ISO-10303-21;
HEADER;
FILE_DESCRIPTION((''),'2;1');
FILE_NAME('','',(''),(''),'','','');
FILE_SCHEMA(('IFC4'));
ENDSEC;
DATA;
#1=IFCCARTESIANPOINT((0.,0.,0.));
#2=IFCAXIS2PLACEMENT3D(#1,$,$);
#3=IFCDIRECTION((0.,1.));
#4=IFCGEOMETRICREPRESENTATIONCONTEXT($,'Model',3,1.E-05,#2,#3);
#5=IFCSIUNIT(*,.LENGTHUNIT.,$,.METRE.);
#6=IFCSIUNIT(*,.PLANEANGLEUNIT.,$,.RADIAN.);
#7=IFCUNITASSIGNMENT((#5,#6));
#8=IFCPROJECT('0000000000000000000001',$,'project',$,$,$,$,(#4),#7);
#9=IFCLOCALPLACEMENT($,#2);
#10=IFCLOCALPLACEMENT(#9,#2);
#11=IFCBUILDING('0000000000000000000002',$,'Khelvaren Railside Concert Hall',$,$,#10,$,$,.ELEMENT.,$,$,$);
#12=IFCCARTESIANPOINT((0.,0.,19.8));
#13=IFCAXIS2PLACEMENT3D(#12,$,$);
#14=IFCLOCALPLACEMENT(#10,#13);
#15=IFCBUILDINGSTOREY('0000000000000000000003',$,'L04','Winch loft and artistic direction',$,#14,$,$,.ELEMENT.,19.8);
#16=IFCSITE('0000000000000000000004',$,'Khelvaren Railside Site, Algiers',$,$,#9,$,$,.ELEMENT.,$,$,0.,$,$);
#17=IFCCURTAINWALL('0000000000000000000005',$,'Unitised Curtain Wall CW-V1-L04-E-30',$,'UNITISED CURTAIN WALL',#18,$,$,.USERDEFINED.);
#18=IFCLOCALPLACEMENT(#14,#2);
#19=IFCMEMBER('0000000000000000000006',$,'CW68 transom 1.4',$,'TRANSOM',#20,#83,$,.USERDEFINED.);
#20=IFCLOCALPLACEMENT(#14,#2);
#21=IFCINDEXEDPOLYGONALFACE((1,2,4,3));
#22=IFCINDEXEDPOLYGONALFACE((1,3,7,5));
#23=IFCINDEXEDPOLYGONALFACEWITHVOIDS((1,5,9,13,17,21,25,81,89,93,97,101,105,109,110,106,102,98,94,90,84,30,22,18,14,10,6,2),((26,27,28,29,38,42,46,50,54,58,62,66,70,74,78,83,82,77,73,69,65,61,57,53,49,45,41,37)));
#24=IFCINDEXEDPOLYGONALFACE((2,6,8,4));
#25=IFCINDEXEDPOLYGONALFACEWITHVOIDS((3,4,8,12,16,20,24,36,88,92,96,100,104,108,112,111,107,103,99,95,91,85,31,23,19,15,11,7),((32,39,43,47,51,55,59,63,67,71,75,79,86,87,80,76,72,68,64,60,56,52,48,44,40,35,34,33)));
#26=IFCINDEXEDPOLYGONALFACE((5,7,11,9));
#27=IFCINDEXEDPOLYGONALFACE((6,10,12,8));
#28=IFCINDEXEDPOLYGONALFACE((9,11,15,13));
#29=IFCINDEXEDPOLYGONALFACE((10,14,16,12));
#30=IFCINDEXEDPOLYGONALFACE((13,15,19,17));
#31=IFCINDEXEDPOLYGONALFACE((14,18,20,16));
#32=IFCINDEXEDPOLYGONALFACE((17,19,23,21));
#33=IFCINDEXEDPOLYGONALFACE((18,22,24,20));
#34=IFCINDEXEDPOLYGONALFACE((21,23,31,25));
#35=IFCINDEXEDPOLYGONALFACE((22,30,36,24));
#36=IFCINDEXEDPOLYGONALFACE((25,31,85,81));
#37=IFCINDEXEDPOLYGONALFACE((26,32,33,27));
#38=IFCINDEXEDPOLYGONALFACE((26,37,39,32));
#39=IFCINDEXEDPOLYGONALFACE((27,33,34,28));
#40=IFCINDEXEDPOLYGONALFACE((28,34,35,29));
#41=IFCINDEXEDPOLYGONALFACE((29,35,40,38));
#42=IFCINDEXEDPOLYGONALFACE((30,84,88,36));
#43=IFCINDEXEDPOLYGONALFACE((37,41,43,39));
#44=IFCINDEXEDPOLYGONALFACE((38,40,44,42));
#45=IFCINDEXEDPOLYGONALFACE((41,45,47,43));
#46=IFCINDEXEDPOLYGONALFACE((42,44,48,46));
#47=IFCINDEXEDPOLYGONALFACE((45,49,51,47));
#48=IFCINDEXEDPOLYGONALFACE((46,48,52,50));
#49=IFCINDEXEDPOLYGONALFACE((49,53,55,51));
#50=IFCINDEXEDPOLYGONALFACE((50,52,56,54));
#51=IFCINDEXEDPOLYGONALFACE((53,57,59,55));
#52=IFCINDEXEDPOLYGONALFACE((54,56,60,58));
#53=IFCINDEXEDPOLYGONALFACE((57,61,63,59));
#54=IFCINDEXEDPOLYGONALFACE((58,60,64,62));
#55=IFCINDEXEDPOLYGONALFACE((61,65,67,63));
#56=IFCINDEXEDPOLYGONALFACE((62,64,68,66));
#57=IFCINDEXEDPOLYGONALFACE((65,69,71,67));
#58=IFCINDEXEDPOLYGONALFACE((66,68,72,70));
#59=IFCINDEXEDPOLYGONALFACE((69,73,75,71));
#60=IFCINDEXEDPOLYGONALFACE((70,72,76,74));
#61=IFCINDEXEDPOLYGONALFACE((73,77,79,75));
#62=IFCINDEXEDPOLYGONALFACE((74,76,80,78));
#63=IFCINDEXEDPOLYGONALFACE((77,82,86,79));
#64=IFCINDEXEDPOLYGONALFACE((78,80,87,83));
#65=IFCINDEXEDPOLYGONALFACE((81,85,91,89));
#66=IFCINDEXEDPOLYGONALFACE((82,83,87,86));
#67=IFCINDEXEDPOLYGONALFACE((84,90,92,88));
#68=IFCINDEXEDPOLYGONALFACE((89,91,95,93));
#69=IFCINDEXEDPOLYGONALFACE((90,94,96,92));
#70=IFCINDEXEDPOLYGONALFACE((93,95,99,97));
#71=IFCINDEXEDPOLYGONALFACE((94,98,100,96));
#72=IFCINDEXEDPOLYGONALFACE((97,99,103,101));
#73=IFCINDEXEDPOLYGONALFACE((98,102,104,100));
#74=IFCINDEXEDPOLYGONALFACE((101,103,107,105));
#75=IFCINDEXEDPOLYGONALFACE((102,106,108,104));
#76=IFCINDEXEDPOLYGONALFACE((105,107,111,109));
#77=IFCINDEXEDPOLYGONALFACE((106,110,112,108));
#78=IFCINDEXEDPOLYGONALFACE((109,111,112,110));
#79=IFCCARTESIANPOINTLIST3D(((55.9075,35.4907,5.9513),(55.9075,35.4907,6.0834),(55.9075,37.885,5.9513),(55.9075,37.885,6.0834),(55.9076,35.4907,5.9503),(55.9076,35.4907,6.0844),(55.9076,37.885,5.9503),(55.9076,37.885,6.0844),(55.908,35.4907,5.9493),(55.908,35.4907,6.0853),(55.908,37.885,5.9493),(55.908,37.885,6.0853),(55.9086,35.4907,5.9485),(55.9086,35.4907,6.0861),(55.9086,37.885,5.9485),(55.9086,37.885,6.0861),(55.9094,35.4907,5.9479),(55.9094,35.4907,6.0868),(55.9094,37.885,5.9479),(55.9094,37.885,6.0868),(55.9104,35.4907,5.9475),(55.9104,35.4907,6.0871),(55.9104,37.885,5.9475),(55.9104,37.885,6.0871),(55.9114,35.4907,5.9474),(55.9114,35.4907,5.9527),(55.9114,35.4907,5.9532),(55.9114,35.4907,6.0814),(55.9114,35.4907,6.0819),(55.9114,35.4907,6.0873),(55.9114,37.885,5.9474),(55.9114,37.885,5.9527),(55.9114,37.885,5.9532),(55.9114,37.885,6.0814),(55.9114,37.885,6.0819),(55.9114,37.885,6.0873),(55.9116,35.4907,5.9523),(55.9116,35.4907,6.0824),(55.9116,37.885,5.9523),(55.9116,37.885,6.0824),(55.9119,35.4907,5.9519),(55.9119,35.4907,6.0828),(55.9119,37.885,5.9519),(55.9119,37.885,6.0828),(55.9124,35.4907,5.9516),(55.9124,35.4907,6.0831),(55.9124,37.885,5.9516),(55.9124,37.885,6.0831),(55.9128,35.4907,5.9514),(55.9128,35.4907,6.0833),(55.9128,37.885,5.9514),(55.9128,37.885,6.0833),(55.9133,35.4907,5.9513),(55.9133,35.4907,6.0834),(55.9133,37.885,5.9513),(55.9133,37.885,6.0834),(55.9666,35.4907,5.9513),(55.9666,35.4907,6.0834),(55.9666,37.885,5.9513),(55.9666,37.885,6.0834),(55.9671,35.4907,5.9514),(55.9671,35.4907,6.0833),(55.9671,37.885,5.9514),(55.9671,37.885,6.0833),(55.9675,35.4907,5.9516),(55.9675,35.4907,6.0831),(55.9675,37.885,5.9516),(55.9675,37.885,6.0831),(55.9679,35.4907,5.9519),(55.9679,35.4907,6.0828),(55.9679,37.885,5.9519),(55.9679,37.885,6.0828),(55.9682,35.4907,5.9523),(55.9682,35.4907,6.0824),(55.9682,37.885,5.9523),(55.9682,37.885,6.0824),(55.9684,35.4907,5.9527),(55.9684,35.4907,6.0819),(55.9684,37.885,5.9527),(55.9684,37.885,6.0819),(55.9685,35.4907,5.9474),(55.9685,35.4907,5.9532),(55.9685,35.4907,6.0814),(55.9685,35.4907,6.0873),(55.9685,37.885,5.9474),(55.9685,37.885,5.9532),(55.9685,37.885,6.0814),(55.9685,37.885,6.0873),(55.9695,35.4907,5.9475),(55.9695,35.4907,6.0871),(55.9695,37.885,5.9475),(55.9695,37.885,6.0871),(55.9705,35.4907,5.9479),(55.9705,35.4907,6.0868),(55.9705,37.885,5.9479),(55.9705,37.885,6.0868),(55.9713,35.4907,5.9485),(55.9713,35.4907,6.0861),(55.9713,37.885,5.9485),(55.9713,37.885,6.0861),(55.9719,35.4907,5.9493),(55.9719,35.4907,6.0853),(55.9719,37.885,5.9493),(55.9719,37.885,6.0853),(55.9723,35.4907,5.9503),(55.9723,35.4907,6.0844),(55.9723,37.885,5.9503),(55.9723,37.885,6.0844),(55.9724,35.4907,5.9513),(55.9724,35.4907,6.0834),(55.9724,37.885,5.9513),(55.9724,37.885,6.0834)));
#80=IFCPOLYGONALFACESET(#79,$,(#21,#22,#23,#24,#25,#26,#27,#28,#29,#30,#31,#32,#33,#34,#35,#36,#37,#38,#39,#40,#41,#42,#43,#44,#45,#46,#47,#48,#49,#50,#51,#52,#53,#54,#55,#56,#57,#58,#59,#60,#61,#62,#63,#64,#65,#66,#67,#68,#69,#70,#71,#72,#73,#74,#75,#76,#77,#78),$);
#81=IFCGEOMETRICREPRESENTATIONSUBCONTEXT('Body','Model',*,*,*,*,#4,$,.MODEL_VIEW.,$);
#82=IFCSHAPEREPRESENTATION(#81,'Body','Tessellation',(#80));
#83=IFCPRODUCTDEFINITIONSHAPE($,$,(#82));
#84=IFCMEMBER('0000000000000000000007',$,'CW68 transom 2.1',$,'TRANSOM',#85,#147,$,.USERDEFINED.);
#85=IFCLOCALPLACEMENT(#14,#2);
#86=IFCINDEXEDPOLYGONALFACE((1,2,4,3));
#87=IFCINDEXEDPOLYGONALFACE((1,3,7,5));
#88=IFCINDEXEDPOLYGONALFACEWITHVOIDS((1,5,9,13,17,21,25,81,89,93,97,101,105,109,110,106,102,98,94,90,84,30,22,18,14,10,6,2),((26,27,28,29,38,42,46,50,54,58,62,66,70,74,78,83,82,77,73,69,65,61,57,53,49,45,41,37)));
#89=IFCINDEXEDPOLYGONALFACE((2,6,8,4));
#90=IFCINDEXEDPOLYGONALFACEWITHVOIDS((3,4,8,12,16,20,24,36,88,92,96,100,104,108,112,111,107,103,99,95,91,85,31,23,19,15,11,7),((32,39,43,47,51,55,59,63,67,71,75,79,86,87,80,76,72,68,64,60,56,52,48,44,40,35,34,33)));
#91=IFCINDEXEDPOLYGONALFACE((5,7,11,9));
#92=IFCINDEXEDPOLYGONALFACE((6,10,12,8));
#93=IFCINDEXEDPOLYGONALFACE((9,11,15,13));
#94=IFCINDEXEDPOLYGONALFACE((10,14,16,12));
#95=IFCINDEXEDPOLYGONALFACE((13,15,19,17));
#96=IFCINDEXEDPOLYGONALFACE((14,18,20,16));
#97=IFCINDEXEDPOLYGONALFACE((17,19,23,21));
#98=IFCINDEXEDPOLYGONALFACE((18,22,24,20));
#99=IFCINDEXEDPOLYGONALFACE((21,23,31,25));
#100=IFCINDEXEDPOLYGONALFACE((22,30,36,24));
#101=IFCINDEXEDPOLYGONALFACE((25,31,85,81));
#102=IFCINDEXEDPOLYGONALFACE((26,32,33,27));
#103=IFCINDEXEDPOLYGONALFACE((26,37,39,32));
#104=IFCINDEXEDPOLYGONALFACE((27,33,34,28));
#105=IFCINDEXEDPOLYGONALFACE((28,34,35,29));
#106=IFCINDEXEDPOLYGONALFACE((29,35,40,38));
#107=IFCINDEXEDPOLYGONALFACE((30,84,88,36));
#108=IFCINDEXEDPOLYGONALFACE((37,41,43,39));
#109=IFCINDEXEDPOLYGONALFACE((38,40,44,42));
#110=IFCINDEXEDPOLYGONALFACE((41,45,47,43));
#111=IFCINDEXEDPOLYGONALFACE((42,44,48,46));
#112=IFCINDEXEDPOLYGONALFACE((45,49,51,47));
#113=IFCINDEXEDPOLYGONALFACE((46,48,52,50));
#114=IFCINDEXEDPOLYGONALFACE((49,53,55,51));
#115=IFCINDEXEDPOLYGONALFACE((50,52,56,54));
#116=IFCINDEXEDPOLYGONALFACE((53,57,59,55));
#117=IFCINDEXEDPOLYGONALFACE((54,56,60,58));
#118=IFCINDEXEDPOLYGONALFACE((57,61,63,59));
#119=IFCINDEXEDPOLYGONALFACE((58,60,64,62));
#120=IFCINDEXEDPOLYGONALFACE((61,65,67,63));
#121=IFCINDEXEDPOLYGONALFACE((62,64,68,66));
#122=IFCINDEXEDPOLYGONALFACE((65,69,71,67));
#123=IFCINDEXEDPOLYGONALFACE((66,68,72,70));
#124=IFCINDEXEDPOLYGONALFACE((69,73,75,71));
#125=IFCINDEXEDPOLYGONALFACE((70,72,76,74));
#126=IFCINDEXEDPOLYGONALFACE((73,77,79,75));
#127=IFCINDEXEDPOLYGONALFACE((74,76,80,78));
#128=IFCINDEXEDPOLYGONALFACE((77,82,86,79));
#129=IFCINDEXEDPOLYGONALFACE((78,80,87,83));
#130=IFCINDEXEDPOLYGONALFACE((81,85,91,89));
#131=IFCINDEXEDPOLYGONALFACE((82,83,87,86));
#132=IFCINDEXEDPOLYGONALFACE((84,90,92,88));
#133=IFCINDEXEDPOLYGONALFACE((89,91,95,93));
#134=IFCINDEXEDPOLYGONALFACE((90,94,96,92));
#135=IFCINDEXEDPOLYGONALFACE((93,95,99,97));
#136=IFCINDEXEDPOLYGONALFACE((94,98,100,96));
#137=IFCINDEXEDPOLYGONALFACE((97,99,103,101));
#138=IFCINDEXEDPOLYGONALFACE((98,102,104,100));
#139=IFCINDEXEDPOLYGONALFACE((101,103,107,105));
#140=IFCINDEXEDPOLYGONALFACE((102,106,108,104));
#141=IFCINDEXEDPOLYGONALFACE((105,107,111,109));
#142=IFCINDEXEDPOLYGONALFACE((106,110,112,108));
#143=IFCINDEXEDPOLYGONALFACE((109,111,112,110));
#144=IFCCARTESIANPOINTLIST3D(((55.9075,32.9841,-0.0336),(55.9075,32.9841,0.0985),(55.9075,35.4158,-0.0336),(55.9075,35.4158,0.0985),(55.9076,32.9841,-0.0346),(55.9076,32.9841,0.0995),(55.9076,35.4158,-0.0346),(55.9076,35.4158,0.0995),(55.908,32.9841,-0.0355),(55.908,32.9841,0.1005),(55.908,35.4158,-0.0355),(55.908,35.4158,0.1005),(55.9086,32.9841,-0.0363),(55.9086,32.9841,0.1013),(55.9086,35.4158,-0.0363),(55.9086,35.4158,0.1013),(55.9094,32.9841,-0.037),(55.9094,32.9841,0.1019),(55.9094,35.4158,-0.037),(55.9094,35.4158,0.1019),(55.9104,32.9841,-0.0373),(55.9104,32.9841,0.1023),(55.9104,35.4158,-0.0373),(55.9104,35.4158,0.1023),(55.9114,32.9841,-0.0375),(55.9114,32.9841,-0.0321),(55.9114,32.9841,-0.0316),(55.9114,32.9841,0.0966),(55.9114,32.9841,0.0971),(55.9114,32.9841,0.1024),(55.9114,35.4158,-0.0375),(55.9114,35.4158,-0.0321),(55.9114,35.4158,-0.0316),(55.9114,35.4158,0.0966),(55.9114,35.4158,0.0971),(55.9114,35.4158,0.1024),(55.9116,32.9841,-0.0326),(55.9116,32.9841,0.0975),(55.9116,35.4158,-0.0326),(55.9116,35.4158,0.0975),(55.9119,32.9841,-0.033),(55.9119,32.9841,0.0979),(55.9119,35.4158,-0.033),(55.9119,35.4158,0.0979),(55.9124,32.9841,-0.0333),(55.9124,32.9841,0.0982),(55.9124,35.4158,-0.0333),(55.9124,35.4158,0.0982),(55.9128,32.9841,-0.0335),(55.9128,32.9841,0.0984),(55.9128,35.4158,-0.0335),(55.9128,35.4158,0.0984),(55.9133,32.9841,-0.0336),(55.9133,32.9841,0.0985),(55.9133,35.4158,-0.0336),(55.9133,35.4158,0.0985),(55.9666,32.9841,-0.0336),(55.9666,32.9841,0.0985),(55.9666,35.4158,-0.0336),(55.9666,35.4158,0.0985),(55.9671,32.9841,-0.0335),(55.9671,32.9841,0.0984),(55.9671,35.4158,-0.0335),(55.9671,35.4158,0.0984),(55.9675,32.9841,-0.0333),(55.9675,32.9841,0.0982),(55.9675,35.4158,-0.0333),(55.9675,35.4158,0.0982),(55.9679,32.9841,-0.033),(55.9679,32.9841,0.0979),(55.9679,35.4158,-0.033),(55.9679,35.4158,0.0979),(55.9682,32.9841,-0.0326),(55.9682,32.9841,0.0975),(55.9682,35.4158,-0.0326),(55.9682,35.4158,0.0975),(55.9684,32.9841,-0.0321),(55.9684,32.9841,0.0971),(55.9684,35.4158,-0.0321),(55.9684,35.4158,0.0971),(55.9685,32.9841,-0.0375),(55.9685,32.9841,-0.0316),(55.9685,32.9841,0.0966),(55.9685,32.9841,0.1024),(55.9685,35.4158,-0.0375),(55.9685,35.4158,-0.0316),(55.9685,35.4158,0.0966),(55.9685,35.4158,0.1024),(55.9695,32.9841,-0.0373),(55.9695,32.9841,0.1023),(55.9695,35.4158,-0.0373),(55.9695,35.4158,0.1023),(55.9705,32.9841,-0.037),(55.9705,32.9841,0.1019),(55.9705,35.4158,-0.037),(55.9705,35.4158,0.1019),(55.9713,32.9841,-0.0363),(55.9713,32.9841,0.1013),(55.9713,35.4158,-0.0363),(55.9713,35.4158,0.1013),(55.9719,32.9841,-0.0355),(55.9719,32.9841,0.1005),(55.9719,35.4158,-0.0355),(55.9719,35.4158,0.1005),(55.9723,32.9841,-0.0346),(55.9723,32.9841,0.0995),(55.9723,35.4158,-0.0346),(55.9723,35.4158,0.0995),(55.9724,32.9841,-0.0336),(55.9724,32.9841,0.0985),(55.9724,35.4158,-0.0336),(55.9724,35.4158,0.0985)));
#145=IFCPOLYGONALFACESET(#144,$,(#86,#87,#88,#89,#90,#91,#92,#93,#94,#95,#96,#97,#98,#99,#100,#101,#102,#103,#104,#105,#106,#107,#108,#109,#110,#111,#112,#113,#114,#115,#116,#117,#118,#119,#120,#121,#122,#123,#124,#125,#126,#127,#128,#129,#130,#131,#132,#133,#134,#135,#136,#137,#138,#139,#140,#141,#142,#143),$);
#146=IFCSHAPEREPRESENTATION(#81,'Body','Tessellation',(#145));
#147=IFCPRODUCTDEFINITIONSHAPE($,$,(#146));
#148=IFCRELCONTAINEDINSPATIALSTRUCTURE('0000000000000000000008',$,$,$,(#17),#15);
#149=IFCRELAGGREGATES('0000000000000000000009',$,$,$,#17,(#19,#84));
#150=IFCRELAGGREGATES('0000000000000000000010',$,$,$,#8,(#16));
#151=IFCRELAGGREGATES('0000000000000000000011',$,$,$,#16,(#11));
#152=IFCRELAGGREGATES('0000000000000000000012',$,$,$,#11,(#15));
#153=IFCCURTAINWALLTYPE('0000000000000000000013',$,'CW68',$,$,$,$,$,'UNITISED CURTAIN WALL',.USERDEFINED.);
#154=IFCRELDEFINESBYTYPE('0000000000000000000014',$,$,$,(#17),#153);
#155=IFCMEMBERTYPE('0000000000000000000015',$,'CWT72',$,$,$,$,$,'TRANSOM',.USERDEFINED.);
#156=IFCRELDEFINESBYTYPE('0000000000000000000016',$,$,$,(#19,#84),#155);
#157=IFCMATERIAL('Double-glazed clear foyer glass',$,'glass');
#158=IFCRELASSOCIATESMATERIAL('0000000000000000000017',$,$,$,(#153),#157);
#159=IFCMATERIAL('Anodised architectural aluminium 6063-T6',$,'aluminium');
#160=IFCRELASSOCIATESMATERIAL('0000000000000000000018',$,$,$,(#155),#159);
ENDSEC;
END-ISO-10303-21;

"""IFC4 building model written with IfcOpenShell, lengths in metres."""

from ifc_helpers import new_model, si_unit, direction, frame, origin, origin_2d, place, context, subcontext, project, spatial, hollow_rectangle, extrude, material, material_profile, profile_set, type_object, element, aggregate, save


model = new_model("IFC4")

# Units and contexts
model_context = context("Model", 3, precision=1e-05, world=origin(), true_north=direction((0.0, 1.0)))
body_context = subcontext(model_context, "Body", "Model", "MODEL_VIEW")
ifc_project = project(units=[si_unit("LENGTHUNIT", "METRE"), si_unit("PLANEANGLEUNIT", "RADIAN")], contexts=[model_context])

# Site, building, storey
site_placement = place(None, origin())
site = spatial("IfcSite", under=ifc_project, at=site_placement, Name="Khelvaren Railside Site, Algiers", CompositionType="ELEMENT", RefElevation=0.0)
building_placement = place(site_placement, origin())
building = spatial("IfcBuilding", under=site, at=building_placement, Name="Khelvaren Railside Concert Hall", CompositionType="ELEMENT")
storey_placement = place(building_placement, frame((0.0, 0.0, 19.8)))
storey = spatial("IfcBuildingStorey", under=building, at=storey_placement, Name="L04", Description="Winch loft and artistic direction", CompositionType="ELEMENT", Elevation=19.8)

# Curtain wall
ifc_material_1 = material(Name="Double-glazed clear foyer glass", Category="glass")
curtain_wall_type_1 = type_object("IfcCurtainWallType", Name="CW68", ElementType="UNITISED CURTAIN WALL", PredefinedType="USERDEFINED", material=ifc_material_1)
curtain_wall_1_placement = place(storey_placement, origin())
curtain_wall_1 = element("IfcCurtainWall", 1, at=curtain_wall_1_placement, inside=storey, type_object=curtain_wall_type_1, Name="Unitised Curtain Wall CW-V1-L04-E-30", ObjectType="UNITISED CURTAIN WALL", PredefinedType="USERDEFINED")
ifc_material_2 = material(Name="Anodised architectural aluminium 6063-T6", Category="aluminium")

# Members
ifc_material_profile_1 = material_profile(ifc_material_2, hollow_rectangle(XDim=0.0649, YDim=0.1399, WallThickness=0.0039, InnerFilletRadius=0.002, OuterFilletRadius=0.0039, at=origin_2d()), Name="CWT 65x140x4")
ifc_profile_set_1 = profile_set([ifc_material_profile_1], Name="Anodised architectural aluminium 6063-T6")
member_type_1 = type_object("IfcMemberType", Name="CWT72", ElementType="TRANSOM", PredefinedType="USERDEFINED", material=ifc_profile_set_1)
member_1_placement = place(storey_placement, frame((55.9399, 37.885, 6.0173), z_axis=(0.0, -1.0, 0.0), x_axis=(1.0, 0.0, 0.0)))
member_1 = element("IfcMember", 2, at=member_1_placement, type_object=member_type_1, Name="CW68 transom 1.4", ObjectType="TRANSOM", PredefinedType="USERDEFINED", context=body_context, shape_type="SweptSolid", body=[
    extrude(hollow_rectangle(XDim=0.0649, YDim=0.1399, WallThickness=0.0039, InnerFilletRadius=0.002, OuterFilletRadius=0.0039, at=origin_2d()), origin(), (0.0, 0.0, 1.0), 2.3943),
])
member_2_placement = place(storey_placement, frame((55.9399, 35.4158, 0.0325), z_axis=(0.0, -1.0, 0.0), x_axis=(1.0, 0.0, 0.0)))
member_2 = element("IfcMember", 3, at=member_2_placement, type_object=member_type_1, Name="CW68 transom 2.1", ObjectType="TRANSOM", PredefinedType="USERDEFINED", context=body_context, shape_type="SweptSolid", body=[
    extrude(hollow_rectangle(XDim=0.0649, YDim=0.1399, WallThickness=0.0039, InnerFilletRadius=0.002, OuterFilletRadius=0.0039, at=origin_2d()), origin(), (0.0, 0.0, 1.0), 2.4316),
])

aggregate(curtain_wall_1, [member_1, member_2])

save(model, "model.ifc")
